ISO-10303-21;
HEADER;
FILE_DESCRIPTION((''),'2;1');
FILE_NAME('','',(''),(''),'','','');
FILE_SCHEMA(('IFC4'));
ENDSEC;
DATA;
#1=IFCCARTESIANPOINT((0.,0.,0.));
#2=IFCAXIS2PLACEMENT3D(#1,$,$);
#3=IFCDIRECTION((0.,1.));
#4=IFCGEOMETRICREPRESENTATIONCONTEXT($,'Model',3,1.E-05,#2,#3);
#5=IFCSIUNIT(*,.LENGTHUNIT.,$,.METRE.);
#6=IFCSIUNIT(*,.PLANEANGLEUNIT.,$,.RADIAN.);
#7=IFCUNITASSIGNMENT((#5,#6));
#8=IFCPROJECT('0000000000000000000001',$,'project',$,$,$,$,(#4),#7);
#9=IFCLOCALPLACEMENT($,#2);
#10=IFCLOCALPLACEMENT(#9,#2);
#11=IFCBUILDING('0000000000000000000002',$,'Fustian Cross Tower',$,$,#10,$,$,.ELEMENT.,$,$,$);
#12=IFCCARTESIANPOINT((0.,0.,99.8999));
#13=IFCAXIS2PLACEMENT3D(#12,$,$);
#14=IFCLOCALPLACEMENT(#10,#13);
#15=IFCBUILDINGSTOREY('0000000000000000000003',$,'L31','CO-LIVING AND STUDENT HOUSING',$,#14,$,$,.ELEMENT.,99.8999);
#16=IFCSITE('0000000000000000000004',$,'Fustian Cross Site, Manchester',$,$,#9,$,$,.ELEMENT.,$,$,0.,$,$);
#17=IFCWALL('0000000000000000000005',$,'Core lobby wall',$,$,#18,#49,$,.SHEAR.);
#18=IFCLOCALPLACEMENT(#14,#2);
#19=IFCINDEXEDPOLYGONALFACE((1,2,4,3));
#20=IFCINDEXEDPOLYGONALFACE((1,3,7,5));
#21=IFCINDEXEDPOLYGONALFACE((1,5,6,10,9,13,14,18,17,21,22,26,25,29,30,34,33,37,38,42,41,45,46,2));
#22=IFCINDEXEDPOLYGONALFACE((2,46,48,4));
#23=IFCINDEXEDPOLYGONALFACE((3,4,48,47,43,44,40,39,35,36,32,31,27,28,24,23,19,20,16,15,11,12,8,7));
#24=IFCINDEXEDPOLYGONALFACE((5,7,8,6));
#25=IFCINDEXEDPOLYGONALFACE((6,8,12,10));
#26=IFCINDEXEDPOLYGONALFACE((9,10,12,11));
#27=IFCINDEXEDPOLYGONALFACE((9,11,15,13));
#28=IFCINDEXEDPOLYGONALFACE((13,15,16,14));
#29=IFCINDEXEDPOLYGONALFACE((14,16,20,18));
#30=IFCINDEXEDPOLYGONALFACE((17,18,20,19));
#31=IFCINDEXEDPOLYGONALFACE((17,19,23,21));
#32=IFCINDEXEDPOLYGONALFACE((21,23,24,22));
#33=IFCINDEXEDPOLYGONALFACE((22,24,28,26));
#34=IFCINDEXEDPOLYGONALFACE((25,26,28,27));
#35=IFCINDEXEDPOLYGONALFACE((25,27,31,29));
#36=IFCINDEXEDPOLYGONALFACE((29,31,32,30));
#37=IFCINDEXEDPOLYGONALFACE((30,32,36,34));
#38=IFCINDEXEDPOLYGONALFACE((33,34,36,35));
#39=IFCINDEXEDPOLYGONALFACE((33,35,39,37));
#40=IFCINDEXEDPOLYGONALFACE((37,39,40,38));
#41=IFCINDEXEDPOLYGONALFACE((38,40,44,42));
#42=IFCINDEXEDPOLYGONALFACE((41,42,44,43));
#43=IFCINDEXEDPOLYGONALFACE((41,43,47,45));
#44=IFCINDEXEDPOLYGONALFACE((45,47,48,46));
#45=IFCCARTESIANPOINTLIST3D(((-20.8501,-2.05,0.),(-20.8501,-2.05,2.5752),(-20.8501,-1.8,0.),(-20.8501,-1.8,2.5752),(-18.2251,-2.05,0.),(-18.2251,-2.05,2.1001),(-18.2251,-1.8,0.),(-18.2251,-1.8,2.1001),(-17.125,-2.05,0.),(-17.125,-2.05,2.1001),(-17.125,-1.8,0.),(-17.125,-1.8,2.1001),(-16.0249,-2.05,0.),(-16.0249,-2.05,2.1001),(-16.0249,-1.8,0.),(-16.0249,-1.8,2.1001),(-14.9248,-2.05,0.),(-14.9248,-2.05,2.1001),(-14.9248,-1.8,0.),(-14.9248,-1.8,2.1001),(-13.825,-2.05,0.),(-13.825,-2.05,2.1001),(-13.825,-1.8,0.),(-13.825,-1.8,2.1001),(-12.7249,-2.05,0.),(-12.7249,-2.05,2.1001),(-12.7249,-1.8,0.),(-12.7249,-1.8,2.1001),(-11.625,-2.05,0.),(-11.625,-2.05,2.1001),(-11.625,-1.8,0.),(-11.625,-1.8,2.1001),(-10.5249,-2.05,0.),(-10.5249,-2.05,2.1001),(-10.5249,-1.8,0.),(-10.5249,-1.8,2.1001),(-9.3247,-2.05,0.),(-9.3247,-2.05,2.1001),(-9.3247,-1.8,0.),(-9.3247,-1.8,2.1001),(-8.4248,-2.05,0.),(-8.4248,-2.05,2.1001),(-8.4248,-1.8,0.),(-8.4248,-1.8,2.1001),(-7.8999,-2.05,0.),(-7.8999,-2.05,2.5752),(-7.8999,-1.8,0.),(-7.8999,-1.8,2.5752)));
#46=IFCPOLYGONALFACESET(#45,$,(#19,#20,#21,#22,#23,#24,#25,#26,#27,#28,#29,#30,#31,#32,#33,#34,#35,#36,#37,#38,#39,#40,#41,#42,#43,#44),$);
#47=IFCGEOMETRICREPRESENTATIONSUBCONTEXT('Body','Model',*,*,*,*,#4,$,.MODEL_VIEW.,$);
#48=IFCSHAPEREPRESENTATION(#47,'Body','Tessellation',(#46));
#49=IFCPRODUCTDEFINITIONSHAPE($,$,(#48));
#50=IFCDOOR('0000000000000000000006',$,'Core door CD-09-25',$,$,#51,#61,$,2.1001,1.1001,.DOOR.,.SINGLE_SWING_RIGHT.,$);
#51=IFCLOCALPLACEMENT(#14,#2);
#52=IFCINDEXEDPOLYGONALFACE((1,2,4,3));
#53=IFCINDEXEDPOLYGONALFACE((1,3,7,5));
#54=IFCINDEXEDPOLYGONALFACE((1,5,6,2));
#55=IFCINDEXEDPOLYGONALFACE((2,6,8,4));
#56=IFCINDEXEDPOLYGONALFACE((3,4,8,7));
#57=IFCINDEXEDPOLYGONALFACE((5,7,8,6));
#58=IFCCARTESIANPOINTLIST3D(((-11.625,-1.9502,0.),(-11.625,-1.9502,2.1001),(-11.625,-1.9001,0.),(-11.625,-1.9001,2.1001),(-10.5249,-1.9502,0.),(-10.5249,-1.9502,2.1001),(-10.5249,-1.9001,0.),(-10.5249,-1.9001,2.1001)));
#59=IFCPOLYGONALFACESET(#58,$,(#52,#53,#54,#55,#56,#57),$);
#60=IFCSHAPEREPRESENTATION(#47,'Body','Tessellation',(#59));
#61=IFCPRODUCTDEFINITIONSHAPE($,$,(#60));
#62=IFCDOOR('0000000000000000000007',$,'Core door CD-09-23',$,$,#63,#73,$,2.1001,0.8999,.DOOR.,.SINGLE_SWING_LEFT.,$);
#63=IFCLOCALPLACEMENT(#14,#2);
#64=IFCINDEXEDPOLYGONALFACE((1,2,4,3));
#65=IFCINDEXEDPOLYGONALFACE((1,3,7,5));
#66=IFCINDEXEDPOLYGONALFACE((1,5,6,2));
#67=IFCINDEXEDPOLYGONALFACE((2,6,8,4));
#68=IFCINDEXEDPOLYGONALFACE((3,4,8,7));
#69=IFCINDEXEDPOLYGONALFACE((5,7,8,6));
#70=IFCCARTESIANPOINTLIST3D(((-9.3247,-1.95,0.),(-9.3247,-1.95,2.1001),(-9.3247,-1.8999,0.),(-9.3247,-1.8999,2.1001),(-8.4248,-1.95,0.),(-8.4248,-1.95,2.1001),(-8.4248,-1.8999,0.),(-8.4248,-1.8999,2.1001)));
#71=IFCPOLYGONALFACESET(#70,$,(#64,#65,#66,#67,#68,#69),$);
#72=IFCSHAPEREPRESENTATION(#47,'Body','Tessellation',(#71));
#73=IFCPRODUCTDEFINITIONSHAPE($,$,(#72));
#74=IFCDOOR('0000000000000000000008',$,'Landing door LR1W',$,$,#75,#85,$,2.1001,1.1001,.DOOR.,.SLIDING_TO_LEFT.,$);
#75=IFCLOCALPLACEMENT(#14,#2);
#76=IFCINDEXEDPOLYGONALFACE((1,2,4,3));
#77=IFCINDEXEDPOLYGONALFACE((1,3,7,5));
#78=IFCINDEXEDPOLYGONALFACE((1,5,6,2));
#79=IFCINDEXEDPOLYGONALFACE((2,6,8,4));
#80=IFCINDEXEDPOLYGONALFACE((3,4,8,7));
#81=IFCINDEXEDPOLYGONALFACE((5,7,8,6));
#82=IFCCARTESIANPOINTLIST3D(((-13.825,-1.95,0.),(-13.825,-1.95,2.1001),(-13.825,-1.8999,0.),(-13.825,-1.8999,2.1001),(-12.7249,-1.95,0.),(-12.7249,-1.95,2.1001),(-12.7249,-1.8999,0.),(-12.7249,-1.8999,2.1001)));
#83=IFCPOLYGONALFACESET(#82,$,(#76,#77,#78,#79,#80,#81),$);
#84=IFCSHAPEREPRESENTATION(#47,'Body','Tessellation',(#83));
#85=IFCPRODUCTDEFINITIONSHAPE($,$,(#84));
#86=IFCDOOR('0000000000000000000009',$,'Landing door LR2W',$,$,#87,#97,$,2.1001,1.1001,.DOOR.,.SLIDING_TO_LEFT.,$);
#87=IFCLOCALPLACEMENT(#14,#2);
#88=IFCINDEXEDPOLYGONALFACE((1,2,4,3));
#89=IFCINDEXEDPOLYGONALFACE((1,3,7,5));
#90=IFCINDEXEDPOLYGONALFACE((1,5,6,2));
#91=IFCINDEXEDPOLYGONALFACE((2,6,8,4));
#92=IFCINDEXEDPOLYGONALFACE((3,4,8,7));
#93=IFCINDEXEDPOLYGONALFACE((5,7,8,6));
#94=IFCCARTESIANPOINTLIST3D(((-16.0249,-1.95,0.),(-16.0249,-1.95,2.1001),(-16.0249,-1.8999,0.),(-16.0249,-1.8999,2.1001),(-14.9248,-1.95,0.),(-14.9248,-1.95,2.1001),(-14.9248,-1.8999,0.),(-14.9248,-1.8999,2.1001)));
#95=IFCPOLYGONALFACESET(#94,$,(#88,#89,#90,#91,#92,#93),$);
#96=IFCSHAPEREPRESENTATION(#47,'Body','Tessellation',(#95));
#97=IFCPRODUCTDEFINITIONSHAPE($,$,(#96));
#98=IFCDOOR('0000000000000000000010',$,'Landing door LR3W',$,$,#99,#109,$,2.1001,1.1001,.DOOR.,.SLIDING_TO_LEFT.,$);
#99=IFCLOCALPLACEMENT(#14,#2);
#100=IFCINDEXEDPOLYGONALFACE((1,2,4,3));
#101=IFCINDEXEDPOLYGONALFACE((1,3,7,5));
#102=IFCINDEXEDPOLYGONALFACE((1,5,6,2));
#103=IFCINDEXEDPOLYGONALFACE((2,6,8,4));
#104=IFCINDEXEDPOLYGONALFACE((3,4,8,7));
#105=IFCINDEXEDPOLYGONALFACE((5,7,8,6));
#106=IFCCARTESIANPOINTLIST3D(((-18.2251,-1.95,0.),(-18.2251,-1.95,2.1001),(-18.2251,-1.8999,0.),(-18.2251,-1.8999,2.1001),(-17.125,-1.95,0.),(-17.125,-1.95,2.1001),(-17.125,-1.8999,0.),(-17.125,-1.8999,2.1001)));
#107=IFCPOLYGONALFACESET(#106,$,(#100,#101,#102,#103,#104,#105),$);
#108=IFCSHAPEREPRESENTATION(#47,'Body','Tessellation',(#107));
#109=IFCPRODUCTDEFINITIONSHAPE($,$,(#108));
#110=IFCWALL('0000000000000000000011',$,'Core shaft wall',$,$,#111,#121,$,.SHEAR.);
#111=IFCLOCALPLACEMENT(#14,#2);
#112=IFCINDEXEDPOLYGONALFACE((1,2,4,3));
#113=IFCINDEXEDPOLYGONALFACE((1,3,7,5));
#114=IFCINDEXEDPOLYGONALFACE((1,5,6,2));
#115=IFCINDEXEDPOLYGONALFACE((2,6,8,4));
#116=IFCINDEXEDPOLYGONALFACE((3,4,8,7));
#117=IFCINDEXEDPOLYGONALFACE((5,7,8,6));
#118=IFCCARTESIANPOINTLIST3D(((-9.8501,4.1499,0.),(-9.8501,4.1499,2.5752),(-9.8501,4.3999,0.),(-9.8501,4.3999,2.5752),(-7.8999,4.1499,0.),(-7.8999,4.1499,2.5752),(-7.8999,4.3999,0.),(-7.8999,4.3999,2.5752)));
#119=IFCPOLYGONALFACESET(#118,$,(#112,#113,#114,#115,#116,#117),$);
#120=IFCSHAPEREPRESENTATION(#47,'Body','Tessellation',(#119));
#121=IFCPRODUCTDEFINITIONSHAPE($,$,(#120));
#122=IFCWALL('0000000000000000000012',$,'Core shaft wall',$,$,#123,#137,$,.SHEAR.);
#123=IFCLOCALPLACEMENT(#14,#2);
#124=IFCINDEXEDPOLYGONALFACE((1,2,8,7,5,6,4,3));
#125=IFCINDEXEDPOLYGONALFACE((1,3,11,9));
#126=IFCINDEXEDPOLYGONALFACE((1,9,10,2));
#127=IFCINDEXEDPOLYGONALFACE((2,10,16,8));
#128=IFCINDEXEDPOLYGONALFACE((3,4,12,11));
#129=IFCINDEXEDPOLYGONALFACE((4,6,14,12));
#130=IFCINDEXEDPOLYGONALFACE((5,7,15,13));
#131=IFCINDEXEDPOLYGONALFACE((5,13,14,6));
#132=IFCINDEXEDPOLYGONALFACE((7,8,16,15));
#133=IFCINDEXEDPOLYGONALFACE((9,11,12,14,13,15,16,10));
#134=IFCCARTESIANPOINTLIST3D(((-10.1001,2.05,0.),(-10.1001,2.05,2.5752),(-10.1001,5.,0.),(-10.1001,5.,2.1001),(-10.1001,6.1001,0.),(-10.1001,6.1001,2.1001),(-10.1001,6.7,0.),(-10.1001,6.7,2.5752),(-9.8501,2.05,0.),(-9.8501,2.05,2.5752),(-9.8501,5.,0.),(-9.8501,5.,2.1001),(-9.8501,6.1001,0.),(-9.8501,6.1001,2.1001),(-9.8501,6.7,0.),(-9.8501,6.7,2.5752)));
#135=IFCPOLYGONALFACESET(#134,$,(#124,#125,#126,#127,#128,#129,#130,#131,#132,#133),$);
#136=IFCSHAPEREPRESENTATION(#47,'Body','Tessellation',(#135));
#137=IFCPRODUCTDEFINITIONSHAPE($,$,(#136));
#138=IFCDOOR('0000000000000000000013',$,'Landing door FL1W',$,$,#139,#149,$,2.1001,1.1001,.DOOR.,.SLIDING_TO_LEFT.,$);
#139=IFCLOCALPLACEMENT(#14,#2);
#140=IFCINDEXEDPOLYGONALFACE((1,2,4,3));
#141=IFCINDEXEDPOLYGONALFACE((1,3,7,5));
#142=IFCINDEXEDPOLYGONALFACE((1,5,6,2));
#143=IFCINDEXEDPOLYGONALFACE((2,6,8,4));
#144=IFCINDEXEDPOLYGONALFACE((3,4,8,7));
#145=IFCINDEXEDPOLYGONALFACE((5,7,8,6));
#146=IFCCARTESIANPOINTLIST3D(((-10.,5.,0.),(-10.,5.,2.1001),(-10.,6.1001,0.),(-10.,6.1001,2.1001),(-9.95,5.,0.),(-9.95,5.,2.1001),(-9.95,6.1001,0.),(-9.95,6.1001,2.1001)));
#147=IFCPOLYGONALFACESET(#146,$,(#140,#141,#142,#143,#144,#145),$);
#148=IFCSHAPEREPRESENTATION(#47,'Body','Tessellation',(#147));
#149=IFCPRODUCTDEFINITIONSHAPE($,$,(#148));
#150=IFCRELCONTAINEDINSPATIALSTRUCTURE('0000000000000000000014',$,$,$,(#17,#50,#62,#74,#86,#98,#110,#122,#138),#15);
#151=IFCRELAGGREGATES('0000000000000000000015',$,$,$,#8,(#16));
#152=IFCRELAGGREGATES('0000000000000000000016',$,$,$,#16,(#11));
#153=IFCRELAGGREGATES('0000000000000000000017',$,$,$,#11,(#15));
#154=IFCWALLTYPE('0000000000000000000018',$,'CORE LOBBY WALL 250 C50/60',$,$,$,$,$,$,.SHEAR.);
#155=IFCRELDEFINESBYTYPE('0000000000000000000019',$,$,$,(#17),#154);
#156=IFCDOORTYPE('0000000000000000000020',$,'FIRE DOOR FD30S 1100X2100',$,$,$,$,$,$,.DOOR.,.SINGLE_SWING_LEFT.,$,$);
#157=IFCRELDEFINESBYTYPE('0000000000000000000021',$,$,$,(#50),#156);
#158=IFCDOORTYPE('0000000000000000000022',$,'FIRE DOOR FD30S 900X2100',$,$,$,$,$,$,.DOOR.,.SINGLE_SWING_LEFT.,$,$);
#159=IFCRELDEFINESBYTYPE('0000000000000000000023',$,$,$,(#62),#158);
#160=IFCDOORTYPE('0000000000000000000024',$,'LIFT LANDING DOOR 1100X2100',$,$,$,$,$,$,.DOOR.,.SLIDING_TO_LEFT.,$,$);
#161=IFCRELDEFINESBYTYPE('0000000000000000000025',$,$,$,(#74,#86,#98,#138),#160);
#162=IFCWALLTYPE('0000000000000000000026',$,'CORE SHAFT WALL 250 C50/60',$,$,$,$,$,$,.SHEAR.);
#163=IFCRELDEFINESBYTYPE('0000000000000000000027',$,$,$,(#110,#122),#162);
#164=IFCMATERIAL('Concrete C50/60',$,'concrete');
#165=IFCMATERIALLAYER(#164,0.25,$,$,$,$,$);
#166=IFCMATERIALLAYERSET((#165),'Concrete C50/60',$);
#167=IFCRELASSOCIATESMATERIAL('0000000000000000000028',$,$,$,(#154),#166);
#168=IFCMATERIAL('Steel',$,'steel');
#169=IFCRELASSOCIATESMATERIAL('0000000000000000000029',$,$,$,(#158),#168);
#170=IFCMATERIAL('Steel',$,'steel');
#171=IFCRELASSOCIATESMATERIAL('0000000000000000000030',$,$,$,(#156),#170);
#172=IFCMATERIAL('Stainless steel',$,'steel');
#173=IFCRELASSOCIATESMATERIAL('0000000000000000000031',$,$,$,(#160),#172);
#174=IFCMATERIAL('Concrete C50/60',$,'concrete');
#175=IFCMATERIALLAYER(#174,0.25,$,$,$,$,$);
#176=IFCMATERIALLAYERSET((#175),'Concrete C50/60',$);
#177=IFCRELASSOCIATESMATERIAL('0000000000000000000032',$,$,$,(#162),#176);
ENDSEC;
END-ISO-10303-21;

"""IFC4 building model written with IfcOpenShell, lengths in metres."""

from ifc_helpers import new_model, si_unit, direction, frame, frame_2d, origin, place, context, subcontext, project, spatial, rectangle, extrude, material, layer, layer_set, type_object, element, fill, save


model = new_model("IFC4")

# Units and contexts
model_context = context("Model", 3, precision=1e-05, world=origin(), true_north=direction((0.0, 1.0)))
body_context = subcontext(model_context, "Body", "Model", "MODEL_VIEW")
ifc_project = project(units=[si_unit("LENGTHUNIT", "METRE"), si_unit("PLANEANGLEUNIT", "RADIAN")], contexts=[model_context])

# Site, building, storey
site_placement = place(None, origin())
site = spatial("IfcSite", under=ifc_project, at=site_placement, Name="Fustian Cross Site, Manchester", CompositionType="ELEMENT", RefElevation=0.0)
building_placement = place(site_placement, origin())
building = spatial("IfcBuilding", under=site, at=building_placement, Name="Fustian Cross Tower", CompositionType="ELEMENT")
storey_placement = place(building_placement, frame((0.0, 0.0, 99.8999)))
storey = spatial("IfcBuildingStorey", under=building, at=storey_placement, Name="L31", Description="CO-LIVING AND STUDENT HOUSING", CompositionType="ELEMENT", Elevation=99.8999)

# Wall, openings, doors
ifc_material_1 = material(Name="Concrete C50/60", Category="concrete")
ifc_layer_1 = layer(ifc_material_1, 0.25)
ifc_layer_set_1 = layer_set([ifc_layer_1], Name="Concrete C50/60")
wall_type_1 = type_object("IfcWallType", Name="CORE LOBBY WALL 250 C50/60", PredefinedType="SHEAR", material=ifc_layer_set_1)
ifc_material_2 = material(Name="Steel", Category="steel")
door_type_1 = type_object("IfcDoorType", Name="FIRE DOOR FD30S 900X2100", OperationType="SINGLE_SWING_LEFT", PredefinedType="DOOR", material=ifc_material_2)
wall_1_placement = place(storey_placement, frame((-7.8999, -1.925, 0.0), z_axis=(0.0, 0.0, 1.0), x_axis=(-1.0, 0.0, 0.0)))
wall_1 = element("IfcWall", 1, at=wall_1_placement, inside=storey, type_object=wall_type_1, Name="Core lobby wall", PredefinedType="SHEAR", context=body_context, shape_type="SweptSolid", body=[
    extrude(rectangle(XDim=12.9502, YDim=0.25, at=frame_2d((6.4751, 0.0))), origin(), (0.0, 0.0, 1.0), 2.5752),
])
opening_1_placement = place(wall_1_placement, frame((4.825, 0.0, 0.0)))
opening_1 = element("IfcOpeningElement", 2, at=opening_1_placement, cuts=wall_1, PredefinedType="OPENING", context=body_context, shape_type="SweptSolid", body=[
    extrude(rectangle(XDim=1.1001, YDim=2.1001, at=frame_2d((0.55, 1.05))), frame((0.0, 0.135, 0.0), z_axis=(0.0, -1.0, 0.0), x_axis=(1.0, 0.0, 0.0)), (0.0, 0.0, 1.0), 0.27),
])
opening_2_placement = place(wall_1_placement, frame((7.0249, 0.0, 0.0)))
opening_2 = element("IfcOpeningElement", 3, at=opening_2_placement, cuts=wall_1, PredefinedType="OPENING", context=body_context, shape_type="SweptSolid", body=[
    extrude(rectangle(XDim=1.1001, YDim=2.1001, at=frame_2d((0.55, 1.05))), frame((0.0, 0.135, 0.0), z_axis=(0.0, -1.0, 0.0), x_axis=(1.0, 0.0, 0.0)), (0.0, 0.0, 1.0), 0.27),
])
opening_3_placement = place(wall_1_placement, frame((9.2251, 0.0, 0.0)))
opening_3 = element("IfcOpeningElement", 4, at=opening_3_placement, cuts=wall_1, PredefinedType="OPENING", context=body_context, shape_type="SweptSolid", body=[
    extrude(rectangle(XDim=1.1001, YDim=2.1001, at=frame_2d((0.55, 1.05))), frame((0.0, 0.135, 0.0), z_axis=(0.0, -1.0, 0.0), x_axis=(1.0, 0.0, 0.0)), (0.0, 0.0, 1.0), 0.27),
])
opening_4_placement = place(wall_1_placement, frame((0.5249, 0.0, 0.0)))
opening_4 = element("IfcOpeningElement", 5, at=opening_4_placement, cuts=wall_1, PredefinedType="OPENING", context=body_context, shape_type="SweptSolid", body=[
    extrude(rectangle(XDim=0.8999, YDim=2.1001, at=frame_2d((0.45, 1.05))), frame((0.0, 0.135, 0.0), z_axis=(0.0, -1.0, 0.0), x_axis=(1.0, 0.0, 0.0)), (0.0, 0.0, 1.0), 0.27),
])
opening_5_placement = place(wall_1_placement, frame((2.625, 0.0, 0.0)))
opening_5 = element("IfcOpeningElement", 6, at=opening_5_placement, cuts=wall_1, PredefinedType="OPENING", context=body_context, shape_type="SweptSolid", body=[
    extrude(rectangle(XDim=1.1001, YDim=2.1001, at=frame_2d((0.55, 1.05))), frame((0.0, 0.135, 0.0), z_axis=(0.0, -1.0, 0.0), x_axis=(1.0, 0.0, 0.0)), (0.0, 0.0, 1.0), 0.27),
])
ifc_material_3 = material(Name="Steel", Category="steel")
door_type_2 = type_object("IfcDoorType", Name="FIRE DOOR FD30S 1100X2100", OperationType="SINGLE_SWING_LEFT", PredefinedType="DOOR", material=ifc_material_3)
door_1_placement = place(opening_5_placement, frame((1.1001, 0.0, 0.0), z_axis=(0.0, 0.0, 1.0), x_axis=(-1.0, 0.0, 0.0)))
door_1 = element("IfcDoor", 7, at=door_1_placement, inside=storey, type_object=door_type_2, Name="Core door CD-09-25", OperationType="SINGLE_SWING_RIGHT", OverallHeight=2.1001, OverallWidth=1.1001, PredefinedType="DOOR", context=body_context, shape_type="SweptSolid", body=[
    extrude(rectangle(XDim=1.1001, YDim=2.1001, at=frame_2d((0.55, 1.05))), frame((0.0, 0.0249, 0.0), z_axis=(0.0, -1.0, 0.0), x_axis=(1.0, 0.0, 0.0)), (0.0, 0.0, 1.0), 0.05),
])
fill(opening_5, door_1)
door_2_placement = place(opening_4_placement, origin())
door_2 = element("IfcDoor", 8, at=door_2_placement, inside=storey, type_object=door_type_1, Name="Core door CD-09-23", OperationType="SINGLE_SWING_LEFT", OverallHeight=2.1001, OverallWidth=0.8999, PredefinedType="DOOR", context=body_context, shape_type="SweptSolid", body=[
    extrude(rectangle(XDim=0.8999, YDim=2.1001, at=frame_2d((0.45, 1.05))), frame((0.0, 0.0249, 0.0), z_axis=(0.0, -1.0, 0.0), x_axis=(1.0, 0.0, 0.0)), (0.0, 0.0, 1.0), 0.05),
])
fill(opening_4, door_2)
ifc_material_4 = material(Name="Stainless steel", Category="steel")
door_type_3 = type_object("IfcDoorType", Name="LIFT LANDING DOOR 1100X2100", OperationType="SLIDING_TO_LEFT", PredefinedType="DOOR", material=ifc_material_4)
door_3_placement = place(opening_1_placement, origin())
door_3 = element("IfcDoor", 9, at=door_3_placement, inside=storey, type_object=door_type_3, Name="Landing door LR1W", OperationType="SLIDING_TO_LEFT", OverallHeight=2.1001, OverallWidth=1.1001, PredefinedType="DOOR", context=body_context, shape_type="SweptSolid", body=[
    extrude(rectangle(XDim=1.1001, YDim=2.1001, at=frame_2d((0.55, 1.05))), frame((0.0, 0.0249, 0.0), z_axis=(0.0, -1.0, 0.0), x_axis=(1.0, 0.0, 0.0)), (0.0, 0.0, 1.0), 0.05),
])
fill(opening_1, door_3)
door_4_placement = place(opening_2_placement, origin())
door_4 = element("IfcDoor", 10, at=door_4_placement, inside=storey, type_object=door_type_3, Name="Landing door LR2W", OperationType="SLIDING_TO_LEFT", OverallHeight=2.1001, OverallWidth=1.1001, PredefinedType="DOOR", context=body_context, shape_type="SweptSolid", body=[
    extrude(rectangle(XDim=1.1001, YDim=2.1001, at=frame_2d((0.55, 1.05))), frame((0.0, 0.0249, 0.0), z_axis=(0.0, -1.0, 0.0), x_axis=(1.0, 0.0, 0.0)), (0.0, 0.0, 1.0), 0.05),
])
fill(opening_2, door_4)
door_5_placement = place(opening_3_placement, origin())
door_5 = element("IfcDoor", 11, at=door_5_placement, inside=storey, type_object=door_type_3, Name="Landing door LR3W", OperationType="SLIDING_TO_LEFT", OverallHeight=2.1001, OverallWidth=1.1001, PredefinedType="DOOR", context=body_context, shape_type="SweptSolid", body=[
    extrude(rectangle(XDim=1.1001, YDim=2.1001, at=frame_2d((0.55, 1.05))), frame((0.0, 0.0249, 0.0), z_axis=(0.0, -1.0, 0.0), x_axis=(1.0, 0.0, 0.0)), (0.0, 0.0, 1.0), 0.05),
])
fill(opening_3, door_5)

# Wall
ifc_material_5 = material(Name="Concrete C50/60", Category="concrete")
ifc_layer_2 = layer(ifc_material_5, 0.25)
ifc_layer_set_2 = layer_set([ifc_layer_2], Name="Concrete C50/60")
wall_type_2 = type_object("IfcWallType", Name="CORE SHAFT WALL 250 C50/60", PredefinedType="SHEAR", material=ifc_layer_set_2)
wall_2_placement = place(storey_placement, frame((-7.8999, 4.2749, 0.0), z_axis=(0.0, 0.0, 1.0), x_axis=(-1.0, 0.0, 0.0)))
element("IfcWall", 12, at=wall_2_placement, inside=storey, type_object=wall_type_2, Name="Core shaft wall", PredefinedType="SHEAR", context=body_context, shape_type="SweptSolid", body=[
    extrude(rectangle(XDim=1.9502, YDim=0.25, at=frame_2d((0.9751, 0.0))), origin(), (0.0, 0.0, 1.0), 2.5752),
])

# Wall, opening, door
wall_3_placement = place(storey_placement, frame((-9.9751, 2.05, 0.0), z_axis=(0.0, 0.0, 1.0), x_axis=(0.0, 1.0, 0.0)))
wall_3 = element("IfcWall", 13, at=wall_3_placement, inside=storey, type_object=wall_type_2, Name="Core shaft wall", PredefinedType="SHEAR", context=body_context, shape_type="SweptSolid", body=[
    extrude(rectangle(XDim=4.6499, YDim=0.25, at=frame_2d((2.325, 0.0))), origin(), (0.0, 0.0, 1.0), 2.5752),
])
opening_6_placement = place(wall_3_placement, frame((2.95, 0.0, 0.0)))
opening_6 = element("IfcOpeningElement", 14, at=opening_6_placement, cuts=wall_3, PredefinedType="OPENING", context=body_context, shape_type="SweptSolid", body=[
    extrude(rectangle(XDim=1.1001, YDim=2.1001, at=frame_2d((0.55, 1.05))), frame((0.0, 0.135, 0.0), z_axis=(0.0, -1.0, 0.0), x_axis=(1.0, 0.0, 0.0)), (0.0, 0.0, 1.0), 0.27),
])
door_6_placement = place(opening_6_placement, origin())
door_6 = element("IfcDoor", 15, at=door_6_placement, inside=storey, type_object=door_type_3, Name="Landing door FL1W", OperationType="SLIDING_TO_LEFT", OverallHeight=2.1001, OverallWidth=1.1001, PredefinedType="DOOR", context=body_context, shape_type="SweptSolid", body=[
    extrude(rectangle(XDim=1.1001, YDim=2.1001, at=frame_2d((0.55, 1.05))), frame((0.0, 0.0249, 0.0), z_axis=(0.0, -1.0, 0.0), x_axis=(1.0, 0.0, 0.0)), (0.0, 0.0, 1.0), 0.05),
])
fill(opening_6, door_6)

save(model, "model.ifc")
